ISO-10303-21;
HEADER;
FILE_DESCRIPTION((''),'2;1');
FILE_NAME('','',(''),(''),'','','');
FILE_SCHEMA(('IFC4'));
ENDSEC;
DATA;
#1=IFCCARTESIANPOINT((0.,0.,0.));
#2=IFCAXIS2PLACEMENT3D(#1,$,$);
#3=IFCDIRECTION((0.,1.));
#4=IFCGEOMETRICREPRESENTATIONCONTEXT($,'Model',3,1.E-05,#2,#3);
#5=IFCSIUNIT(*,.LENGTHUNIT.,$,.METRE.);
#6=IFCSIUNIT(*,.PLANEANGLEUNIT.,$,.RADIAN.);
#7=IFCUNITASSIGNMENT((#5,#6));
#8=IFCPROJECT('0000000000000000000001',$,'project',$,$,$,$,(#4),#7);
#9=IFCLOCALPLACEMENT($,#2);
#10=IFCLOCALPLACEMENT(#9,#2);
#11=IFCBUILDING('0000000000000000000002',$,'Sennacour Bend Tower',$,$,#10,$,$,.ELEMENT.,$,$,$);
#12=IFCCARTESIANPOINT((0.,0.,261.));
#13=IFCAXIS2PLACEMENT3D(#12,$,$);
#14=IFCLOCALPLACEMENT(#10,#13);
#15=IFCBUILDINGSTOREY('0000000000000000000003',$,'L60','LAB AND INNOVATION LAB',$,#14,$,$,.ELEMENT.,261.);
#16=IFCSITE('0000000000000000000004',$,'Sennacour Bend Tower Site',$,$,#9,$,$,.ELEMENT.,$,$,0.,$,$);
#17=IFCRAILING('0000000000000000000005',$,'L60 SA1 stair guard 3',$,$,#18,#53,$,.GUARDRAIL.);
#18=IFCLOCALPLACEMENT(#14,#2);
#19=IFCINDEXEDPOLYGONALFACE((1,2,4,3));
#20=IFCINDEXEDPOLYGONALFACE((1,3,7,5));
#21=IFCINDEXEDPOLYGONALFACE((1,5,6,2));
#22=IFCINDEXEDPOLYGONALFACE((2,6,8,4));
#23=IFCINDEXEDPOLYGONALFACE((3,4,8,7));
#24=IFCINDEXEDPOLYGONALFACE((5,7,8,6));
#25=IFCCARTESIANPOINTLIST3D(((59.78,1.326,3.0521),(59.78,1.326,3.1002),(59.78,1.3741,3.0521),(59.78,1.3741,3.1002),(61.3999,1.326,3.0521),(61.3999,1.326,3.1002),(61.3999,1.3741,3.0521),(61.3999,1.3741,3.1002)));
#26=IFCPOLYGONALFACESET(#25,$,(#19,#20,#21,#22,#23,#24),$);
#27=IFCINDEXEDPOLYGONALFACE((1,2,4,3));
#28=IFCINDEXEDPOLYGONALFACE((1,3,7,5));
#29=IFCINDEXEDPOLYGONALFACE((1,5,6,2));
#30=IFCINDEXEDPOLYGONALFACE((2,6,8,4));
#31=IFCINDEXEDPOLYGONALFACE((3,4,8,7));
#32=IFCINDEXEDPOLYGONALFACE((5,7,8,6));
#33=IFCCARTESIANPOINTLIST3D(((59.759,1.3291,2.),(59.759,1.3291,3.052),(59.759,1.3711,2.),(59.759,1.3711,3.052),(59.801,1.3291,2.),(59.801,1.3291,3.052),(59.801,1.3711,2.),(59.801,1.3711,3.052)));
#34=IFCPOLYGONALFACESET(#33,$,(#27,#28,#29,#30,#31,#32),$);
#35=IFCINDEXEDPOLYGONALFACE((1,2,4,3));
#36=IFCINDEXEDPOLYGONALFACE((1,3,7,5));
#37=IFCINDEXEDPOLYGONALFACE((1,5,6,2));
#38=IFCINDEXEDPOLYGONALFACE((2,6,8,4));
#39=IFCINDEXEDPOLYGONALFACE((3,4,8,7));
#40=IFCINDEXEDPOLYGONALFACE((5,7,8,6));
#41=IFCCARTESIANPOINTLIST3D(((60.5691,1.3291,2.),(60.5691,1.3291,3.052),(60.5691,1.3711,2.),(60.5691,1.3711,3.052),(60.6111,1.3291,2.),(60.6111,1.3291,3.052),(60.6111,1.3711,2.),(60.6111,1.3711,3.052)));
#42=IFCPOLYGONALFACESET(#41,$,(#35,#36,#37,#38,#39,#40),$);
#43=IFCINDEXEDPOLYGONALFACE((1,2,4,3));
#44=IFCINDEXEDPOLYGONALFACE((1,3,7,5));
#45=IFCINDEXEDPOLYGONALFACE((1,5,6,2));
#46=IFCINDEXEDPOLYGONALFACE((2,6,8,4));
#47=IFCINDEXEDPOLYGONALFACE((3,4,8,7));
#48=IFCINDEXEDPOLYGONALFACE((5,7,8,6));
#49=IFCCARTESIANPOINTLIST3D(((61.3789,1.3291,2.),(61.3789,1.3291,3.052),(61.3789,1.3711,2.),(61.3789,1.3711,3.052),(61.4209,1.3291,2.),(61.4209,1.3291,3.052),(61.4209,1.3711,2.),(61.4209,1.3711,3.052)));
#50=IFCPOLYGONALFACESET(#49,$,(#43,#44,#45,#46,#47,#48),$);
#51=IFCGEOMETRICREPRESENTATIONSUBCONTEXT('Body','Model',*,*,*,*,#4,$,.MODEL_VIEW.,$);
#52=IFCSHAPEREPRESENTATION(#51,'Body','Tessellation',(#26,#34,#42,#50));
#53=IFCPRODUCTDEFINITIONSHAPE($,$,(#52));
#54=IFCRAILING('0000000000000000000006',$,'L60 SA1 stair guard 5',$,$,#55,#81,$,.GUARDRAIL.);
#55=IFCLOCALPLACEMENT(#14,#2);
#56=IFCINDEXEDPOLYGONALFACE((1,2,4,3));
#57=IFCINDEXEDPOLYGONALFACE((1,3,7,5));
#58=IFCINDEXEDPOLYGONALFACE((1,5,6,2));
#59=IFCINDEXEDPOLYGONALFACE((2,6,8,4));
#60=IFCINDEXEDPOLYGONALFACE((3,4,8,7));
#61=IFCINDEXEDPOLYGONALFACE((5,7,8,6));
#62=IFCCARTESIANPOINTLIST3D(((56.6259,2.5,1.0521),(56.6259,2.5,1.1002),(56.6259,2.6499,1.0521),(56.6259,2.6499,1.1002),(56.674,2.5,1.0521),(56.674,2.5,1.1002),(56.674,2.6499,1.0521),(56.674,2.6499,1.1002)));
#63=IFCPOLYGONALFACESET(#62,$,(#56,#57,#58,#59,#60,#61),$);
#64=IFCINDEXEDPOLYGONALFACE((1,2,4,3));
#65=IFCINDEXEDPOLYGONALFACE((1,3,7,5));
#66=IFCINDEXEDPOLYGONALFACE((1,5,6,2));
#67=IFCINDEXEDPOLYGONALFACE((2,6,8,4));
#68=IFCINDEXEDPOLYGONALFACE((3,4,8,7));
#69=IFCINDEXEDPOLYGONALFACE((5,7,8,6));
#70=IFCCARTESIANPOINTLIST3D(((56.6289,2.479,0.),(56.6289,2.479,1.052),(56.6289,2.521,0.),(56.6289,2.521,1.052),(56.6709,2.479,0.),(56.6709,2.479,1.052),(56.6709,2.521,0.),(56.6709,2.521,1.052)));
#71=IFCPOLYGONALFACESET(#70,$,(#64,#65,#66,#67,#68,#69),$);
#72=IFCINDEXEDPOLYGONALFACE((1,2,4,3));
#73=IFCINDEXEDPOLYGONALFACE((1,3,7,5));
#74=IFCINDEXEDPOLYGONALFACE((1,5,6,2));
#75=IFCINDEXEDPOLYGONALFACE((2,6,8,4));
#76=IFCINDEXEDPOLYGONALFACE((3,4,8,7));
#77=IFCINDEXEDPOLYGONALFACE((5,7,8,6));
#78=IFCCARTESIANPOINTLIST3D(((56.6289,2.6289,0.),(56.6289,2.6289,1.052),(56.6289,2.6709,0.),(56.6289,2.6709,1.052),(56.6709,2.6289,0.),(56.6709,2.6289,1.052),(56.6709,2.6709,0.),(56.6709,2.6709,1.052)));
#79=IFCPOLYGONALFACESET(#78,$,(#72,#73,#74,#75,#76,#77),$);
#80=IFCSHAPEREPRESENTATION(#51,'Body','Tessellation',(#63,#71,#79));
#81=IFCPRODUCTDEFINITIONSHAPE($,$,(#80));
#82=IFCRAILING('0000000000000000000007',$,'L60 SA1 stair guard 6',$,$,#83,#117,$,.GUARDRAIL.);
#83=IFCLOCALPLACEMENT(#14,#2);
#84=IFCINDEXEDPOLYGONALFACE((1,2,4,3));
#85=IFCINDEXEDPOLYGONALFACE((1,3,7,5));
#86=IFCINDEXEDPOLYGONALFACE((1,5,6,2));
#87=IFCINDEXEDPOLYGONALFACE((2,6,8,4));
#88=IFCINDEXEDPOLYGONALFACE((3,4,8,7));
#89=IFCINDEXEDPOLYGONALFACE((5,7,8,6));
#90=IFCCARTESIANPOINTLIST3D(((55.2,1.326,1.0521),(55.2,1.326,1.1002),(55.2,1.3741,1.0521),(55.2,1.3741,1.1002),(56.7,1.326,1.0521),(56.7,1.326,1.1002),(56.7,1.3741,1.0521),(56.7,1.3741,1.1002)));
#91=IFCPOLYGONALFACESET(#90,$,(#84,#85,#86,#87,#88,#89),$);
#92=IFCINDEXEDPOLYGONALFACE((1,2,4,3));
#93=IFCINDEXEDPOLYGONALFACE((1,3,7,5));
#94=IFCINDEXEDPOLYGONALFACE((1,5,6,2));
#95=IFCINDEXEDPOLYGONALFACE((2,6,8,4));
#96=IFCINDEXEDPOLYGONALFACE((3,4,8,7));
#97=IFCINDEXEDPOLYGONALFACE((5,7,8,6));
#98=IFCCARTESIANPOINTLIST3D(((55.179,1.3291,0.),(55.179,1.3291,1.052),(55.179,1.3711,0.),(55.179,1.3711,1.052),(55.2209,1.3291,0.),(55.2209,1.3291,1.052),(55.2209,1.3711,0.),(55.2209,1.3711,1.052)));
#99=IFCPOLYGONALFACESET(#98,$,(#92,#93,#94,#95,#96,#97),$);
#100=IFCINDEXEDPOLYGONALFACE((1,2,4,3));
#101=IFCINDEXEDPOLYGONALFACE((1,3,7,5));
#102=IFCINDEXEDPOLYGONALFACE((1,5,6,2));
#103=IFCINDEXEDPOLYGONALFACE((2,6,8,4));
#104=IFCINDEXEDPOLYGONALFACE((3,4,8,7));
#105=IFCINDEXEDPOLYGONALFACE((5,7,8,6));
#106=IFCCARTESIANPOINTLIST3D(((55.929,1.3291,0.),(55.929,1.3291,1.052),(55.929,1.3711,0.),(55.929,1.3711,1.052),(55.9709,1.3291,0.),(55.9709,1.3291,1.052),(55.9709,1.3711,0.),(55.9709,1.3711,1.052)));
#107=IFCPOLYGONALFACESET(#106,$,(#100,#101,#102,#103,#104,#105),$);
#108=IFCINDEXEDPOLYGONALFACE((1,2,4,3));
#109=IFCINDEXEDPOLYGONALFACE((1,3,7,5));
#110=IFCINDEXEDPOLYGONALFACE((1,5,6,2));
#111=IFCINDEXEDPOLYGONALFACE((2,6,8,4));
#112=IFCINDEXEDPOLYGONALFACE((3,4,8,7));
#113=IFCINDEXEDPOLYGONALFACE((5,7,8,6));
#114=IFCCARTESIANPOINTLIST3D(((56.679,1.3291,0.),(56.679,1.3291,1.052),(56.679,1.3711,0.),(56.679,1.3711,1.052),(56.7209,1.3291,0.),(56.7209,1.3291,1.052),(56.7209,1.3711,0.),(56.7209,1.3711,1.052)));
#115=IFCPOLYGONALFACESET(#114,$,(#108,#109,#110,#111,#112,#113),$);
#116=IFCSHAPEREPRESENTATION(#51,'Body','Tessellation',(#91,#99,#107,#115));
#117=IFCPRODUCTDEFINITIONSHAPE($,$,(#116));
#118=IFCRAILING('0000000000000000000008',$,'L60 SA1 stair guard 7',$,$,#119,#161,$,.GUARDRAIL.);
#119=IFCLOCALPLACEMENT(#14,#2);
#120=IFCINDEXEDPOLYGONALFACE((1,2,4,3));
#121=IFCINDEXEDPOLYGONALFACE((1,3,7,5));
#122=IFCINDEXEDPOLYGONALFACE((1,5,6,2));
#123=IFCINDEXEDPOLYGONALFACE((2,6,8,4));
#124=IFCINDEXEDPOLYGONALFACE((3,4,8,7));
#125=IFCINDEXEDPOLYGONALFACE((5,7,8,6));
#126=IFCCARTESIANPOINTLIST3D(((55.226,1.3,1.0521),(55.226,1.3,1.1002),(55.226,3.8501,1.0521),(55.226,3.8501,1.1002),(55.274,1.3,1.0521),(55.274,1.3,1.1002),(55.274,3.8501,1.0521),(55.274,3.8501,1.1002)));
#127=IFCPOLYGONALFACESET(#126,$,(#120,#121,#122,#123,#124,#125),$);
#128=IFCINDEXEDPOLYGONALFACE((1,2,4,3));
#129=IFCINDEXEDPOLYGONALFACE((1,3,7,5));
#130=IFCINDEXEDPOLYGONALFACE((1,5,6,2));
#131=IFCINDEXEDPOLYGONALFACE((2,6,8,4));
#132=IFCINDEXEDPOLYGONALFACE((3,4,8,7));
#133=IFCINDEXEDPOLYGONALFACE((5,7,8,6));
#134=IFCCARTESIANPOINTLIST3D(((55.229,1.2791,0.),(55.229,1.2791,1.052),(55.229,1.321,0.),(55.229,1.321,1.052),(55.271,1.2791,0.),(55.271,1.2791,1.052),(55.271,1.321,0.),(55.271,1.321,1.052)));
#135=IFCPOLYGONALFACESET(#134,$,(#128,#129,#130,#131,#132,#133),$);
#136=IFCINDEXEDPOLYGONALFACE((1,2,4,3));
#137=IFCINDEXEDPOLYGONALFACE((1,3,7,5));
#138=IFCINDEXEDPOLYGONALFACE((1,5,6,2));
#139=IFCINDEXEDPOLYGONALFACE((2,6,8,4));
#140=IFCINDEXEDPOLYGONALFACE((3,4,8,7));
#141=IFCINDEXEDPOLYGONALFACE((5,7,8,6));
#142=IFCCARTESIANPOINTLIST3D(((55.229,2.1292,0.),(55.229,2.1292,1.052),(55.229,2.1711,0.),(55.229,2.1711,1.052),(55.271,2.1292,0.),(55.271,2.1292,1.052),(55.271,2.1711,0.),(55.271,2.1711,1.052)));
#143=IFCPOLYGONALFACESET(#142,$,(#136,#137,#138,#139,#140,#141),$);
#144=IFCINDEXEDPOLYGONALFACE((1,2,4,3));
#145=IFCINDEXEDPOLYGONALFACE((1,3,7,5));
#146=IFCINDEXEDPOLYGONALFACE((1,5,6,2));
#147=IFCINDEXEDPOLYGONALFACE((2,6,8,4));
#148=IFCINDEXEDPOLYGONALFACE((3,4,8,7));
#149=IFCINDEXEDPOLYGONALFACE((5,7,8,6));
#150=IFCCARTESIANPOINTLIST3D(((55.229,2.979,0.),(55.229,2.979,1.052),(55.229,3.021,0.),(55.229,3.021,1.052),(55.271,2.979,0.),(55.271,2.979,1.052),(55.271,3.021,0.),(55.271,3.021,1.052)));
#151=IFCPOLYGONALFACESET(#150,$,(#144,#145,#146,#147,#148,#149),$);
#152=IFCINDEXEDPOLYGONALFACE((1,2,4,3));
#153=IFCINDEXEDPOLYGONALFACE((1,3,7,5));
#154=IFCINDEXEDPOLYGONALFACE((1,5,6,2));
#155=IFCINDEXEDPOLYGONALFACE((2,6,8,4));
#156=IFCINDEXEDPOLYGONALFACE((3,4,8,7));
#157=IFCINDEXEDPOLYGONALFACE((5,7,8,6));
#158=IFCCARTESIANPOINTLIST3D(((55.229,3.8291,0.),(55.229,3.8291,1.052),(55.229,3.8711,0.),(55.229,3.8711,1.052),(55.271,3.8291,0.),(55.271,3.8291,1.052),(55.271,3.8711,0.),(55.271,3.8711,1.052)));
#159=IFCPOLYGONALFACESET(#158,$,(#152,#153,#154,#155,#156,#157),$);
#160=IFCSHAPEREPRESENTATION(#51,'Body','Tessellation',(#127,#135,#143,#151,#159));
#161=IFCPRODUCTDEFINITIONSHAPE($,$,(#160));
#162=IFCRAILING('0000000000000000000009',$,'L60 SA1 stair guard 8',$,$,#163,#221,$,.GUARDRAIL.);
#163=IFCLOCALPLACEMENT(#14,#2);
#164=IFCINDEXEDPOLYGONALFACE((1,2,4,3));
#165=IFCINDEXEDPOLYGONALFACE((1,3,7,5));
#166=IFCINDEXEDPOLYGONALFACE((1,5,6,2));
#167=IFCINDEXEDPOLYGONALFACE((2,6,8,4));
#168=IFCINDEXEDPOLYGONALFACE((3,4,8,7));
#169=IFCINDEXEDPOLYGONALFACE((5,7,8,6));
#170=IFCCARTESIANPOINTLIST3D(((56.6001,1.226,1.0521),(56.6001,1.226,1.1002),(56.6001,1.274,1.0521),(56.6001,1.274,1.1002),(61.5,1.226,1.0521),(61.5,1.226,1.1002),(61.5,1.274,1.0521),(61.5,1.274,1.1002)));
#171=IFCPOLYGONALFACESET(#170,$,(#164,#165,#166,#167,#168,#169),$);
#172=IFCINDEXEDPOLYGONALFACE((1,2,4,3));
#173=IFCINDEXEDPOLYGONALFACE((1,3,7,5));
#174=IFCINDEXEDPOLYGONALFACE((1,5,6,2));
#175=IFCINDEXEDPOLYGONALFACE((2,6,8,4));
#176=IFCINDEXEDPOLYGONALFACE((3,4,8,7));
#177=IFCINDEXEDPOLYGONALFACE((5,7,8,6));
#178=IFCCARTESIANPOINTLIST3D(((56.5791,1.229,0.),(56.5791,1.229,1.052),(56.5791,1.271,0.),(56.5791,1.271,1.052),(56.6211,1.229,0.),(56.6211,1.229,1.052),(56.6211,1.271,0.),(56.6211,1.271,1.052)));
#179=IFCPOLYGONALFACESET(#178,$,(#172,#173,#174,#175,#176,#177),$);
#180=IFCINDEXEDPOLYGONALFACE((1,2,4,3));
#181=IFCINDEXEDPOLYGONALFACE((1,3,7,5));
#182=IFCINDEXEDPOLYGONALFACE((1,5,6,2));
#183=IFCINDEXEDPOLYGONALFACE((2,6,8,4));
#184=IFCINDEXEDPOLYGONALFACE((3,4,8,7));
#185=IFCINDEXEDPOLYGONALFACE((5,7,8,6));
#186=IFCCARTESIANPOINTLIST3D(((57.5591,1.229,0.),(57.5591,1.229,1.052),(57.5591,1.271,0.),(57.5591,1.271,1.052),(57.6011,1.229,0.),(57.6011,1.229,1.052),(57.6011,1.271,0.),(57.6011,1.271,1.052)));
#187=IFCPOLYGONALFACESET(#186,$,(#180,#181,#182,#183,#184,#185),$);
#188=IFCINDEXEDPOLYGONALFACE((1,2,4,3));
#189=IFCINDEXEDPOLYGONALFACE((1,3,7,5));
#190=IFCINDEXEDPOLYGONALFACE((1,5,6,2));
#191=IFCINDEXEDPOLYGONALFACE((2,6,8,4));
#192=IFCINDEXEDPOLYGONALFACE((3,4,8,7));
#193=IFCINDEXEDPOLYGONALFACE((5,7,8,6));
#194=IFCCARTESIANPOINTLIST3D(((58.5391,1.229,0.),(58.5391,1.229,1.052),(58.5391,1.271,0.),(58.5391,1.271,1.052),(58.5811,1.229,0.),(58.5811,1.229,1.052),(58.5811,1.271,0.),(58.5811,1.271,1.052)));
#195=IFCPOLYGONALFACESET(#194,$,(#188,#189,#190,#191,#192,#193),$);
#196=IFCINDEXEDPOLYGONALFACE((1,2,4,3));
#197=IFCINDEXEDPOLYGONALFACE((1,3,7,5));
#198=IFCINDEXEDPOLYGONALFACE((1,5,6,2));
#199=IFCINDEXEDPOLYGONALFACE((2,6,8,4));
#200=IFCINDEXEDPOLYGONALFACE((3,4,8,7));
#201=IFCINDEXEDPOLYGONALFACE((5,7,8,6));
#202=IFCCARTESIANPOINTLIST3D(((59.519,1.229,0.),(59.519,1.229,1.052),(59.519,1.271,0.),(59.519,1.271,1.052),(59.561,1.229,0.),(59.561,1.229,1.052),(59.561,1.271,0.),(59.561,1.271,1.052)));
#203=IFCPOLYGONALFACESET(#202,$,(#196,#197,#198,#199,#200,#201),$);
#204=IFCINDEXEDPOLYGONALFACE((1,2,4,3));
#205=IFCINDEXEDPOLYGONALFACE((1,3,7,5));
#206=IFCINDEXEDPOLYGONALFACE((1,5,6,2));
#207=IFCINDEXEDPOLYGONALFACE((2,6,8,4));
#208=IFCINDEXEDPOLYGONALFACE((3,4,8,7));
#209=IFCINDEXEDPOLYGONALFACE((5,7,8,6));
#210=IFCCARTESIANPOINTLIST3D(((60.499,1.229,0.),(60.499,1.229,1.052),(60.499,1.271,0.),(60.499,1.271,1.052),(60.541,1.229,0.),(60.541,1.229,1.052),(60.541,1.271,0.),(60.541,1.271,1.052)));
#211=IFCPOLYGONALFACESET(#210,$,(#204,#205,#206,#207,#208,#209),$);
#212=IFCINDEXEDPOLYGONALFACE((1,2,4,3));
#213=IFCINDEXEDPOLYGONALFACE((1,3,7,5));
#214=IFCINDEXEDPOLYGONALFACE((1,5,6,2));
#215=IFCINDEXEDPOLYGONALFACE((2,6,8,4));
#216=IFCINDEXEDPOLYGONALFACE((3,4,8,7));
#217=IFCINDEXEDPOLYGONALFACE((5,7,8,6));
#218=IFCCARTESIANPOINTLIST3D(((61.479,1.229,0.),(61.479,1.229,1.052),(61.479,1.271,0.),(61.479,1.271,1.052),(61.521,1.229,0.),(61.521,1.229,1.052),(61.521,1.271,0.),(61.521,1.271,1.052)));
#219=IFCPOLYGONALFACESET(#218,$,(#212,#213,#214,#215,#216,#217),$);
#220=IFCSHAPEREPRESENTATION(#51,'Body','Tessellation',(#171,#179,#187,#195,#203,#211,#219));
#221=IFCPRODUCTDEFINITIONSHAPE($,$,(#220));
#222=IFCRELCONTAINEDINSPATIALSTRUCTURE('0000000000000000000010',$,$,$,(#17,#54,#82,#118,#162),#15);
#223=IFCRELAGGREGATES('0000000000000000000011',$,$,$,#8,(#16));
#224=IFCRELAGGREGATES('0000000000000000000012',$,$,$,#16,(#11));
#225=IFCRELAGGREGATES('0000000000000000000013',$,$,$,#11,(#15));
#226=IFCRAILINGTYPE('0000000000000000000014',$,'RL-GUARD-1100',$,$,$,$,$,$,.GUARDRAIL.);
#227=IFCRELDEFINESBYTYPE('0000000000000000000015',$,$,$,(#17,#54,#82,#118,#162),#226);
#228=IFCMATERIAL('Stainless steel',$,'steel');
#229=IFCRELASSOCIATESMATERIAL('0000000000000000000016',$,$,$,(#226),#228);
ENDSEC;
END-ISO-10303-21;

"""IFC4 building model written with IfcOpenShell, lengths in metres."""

from ifc_helpers import new_model, si_unit, direction, frame, origin, origin_2d, place, context, subcontext, project, spatial, rectangle, extrude, material, type_object, element, save


model = new_model("IFC4")

# Units and contexts
model_context = context("Model", 3, precision=1e-05, world=origin(), true_north=direction((0.0, 1.0)))
body_context = subcontext(model_context, "Body", "Model", "MODEL_VIEW")
ifc_project = project(units=[si_unit("LENGTHUNIT", "METRE"), si_unit("PLANEANGLEUNIT", "RADIAN")], contexts=[model_context])

# Site, building, storey
site_placement = place(None, origin())
site = spatial("IfcSite", under=ifc_project, at=site_placement, Name="Sennacour Bend Tower Site", CompositionType="ELEMENT", RefElevation=0.0)
building_placement = place(site_placement, origin())
building = spatial("IfcBuilding", under=site, at=building_placement, Name="Sennacour Bend Tower", CompositionType="ELEMENT")
storey_placement = place(building_placement, frame((0.0, 0.0, 261.0)))
storey = spatial("IfcBuildingStorey", under=building, at=storey_placement, Name="L60", Description="LAB AND INNOVATION LAB", CompositionType="ELEMENT", Elevation=261.0)

# Shared definitions
ifc_material_1 = material(Name="Stainless steel", Category="steel")

# Railings
railing_type_1 = type_object("IfcRailingType", Name="RL-GUARD-1100", PredefinedType="GUARDRAIL", material=ifc_material_1)
railing_1_placement = place(storey_placement, frame((59.78, 1.3501, 2.0)))
element("IfcRailing", 1, at=railing_1_placement, inside=storey, type_object=railing_type_1, Name="L60 SA1 stair guard 3", PredefinedType="GUARDRAIL", context=body_context, shape_type="SweptSolid", body=[
    extrude(rectangle(XDim=0.0481, YDim=0.0481, at=origin_2d()), frame((0.0, 0.0, 1.0762), z_axis=(1.0, 0.0, 0.0), x_axis=(0.0, 1.0, 0.0)), (0.0, 0.0, 1.0), 1.6199),
    extrude(rectangle(XDim=0.042, YDim=0.042, at=origin_2d()), origin(), (0.0, 0.0, 1.0), 1.052),
    extrude(rectangle(XDim=0.042, YDim=0.042, at=origin_2d()), frame((0.8101, 0.0, 0.0)), (0.0, 0.0, 1.0), 1.052),
    extrude(rectangle(XDim=0.042, YDim=0.042, at=origin_2d()), frame((1.6199, 0.0, 0.0)), (0.0, 0.0, 1.0), 1.052),
])
railing_2_placement = place(storey_placement, frame((56.6499, 2.5, 0.0)))
element("IfcRailing", 2, at=railing_2_placement, inside=storey, type_object=railing_type_1, Name="L60 SA1 stair guard 5", PredefinedType="GUARDRAIL", context=body_context, shape_type="SweptSolid", body=[
    extrude(rectangle(XDim=0.0481, YDim=0.0481, at=origin_2d()), frame((0.0, 0.0, 1.0762), z_axis=(0.0, 1.0, 0.0), x_axis=(-1.0, 0.0, 0.0)), (0.0, 0.0, 1.0), 0.1499),
    extrude(rectangle(XDim=0.042, YDim=0.042, at=origin_2d()), origin(), (0.0, 0.0, 1.0), 1.052),
    extrude(rectangle(XDim=0.042, YDim=0.042, at=origin_2d()), frame((0.0, 0.1499, 0.0)), (0.0, 0.0, 1.0), 1.052),
])
railing_3_placement = place(storey_placement, frame((55.2, 1.3501, 0.0)))
element("IfcRailing", 3, at=railing_3_placement, inside=storey, type_object=railing_type_1, Name="L60 SA1 stair guard 6", PredefinedType="GUARDRAIL", context=body_context, shape_type="SweptSolid", body=[
    extrude(rectangle(XDim=0.0481, YDim=0.0481, at=origin_2d()), frame((0.0, 0.0, 1.0762), z_axis=(1.0, 0.0, 0.0), x_axis=(0.0, 1.0, 0.0)), (0.0, 0.0, 1.0), 1.5),
    extrude(rectangle(XDim=0.042, YDim=0.042, at=origin_2d()), origin(), (0.0, 0.0, 1.0), 1.052),
    extrude(rectangle(XDim=0.042, YDim=0.042, at=origin_2d()), frame((0.75, 0.0, 0.0)), (0.0, 0.0, 1.0), 1.052),
    extrude(rectangle(XDim=0.042, YDim=0.042, at=origin_2d()), frame((1.5, 0.0, 0.0)), (0.0, 0.0, 1.0), 1.052),
])
railing_4_placement = place(storey_placement, frame((55.25, 1.3, 0.0)))
element("IfcRailing", 4, at=railing_4_placement, inside=storey, type_object=railing_type_1, Name="L60 SA1 stair guard 7", PredefinedType="GUARDRAIL", context=body_context, shape_type="SweptSolid", body=[
    extrude(rectangle(XDim=0.0481, YDim=0.0481, at=origin_2d()), frame((0.0, 0.0, 1.0762), z_axis=(0.0, 1.0, 0.0), x_axis=(-1.0, 0.0, 0.0)), (0.0, 0.0, 1.0), 2.55),
    extrude(rectangle(XDim=0.042, YDim=0.042, at=origin_2d()), origin(), (0.0, 0.0, 1.0), 1.052),
    extrude(rectangle(XDim=0.042, YDim=0.042, at=origin_2d()), frame((0.0, 0.8501, 0.0)), (0.0, 0.0, 1.0), 1.052),
    extrude(rectangle(XDim=0.042, YDim=0.042, at=origin_2d()), frame((0.0, 1.7, 0.0)), (0.0, 0.0, 1.0), 1.052),
    extrude(rectangle(XDim=0.042, YDim=0.042, at=origin_2d()), frame((0.0, 2.55, 0.0)), (0.0, 0.0, 1.0), 1.052),
])
railing_5_placement = place(storey_placement, frame((56.6001, 1.25, 0.0)))
element("IfcRailing", 5, at=railing_5_placement, inside=storey, type_object=railing_type_1, Name="L60 SA1 stair guard 8", PredefinedType="GUARDRAIL", context=body_context, shape_type="SweptSolid", body=[
    extrude(rectangle(XDim=0.0481, YDim=0.0481, at=origin_2d()), frame((0.0, 0.0, 1.0762), z_axis=(1.0, 0.0, 0.0), x_axis=(0.0, 1.0, 0.0)), (0.0, 0.0, 1.0), 4.8999),
    extrude(rectangle(XDim=0.042, YDim=0.042, at=origin_2d()), origin(), (0.0, 0.0, 1.0), 1.052),
    extrude(rectangle(XDim=0.042, YDim=0.042, at=origin_2d()), frame((0.98, 0.0, 0.0)), (0.0, 0.0, 1.0), 1.052),
    extrude(rectangle(XDim=0.042, YDim=0.042, at=origin_2d()), frame((1.96, 0.0, 0.0)), (0.0, 0.0, 1.0), 1.052),
    extrude(rectangle(XDim=0.042, YDim=0.042, at=origin_2d()), frame((2.9399, 0.0, 0.0)), (0.0, 0.0, 1.0), 1.052),
    extrude(rectangle(XDim=0.042, YDim=0.042, at=origin_2d()), frame((3.9199, 0.0, 0.0)), (0.0, 0.0, 1.0), 1.052),
    extrude(rectangle(XDim=0.042, YDim=0.042, at=origin_2d()), frame((4.8999, 0.0, 0.0)), (0.0, 0.0, 1.0), 1.052),
])

save(model, "model.ifc")
